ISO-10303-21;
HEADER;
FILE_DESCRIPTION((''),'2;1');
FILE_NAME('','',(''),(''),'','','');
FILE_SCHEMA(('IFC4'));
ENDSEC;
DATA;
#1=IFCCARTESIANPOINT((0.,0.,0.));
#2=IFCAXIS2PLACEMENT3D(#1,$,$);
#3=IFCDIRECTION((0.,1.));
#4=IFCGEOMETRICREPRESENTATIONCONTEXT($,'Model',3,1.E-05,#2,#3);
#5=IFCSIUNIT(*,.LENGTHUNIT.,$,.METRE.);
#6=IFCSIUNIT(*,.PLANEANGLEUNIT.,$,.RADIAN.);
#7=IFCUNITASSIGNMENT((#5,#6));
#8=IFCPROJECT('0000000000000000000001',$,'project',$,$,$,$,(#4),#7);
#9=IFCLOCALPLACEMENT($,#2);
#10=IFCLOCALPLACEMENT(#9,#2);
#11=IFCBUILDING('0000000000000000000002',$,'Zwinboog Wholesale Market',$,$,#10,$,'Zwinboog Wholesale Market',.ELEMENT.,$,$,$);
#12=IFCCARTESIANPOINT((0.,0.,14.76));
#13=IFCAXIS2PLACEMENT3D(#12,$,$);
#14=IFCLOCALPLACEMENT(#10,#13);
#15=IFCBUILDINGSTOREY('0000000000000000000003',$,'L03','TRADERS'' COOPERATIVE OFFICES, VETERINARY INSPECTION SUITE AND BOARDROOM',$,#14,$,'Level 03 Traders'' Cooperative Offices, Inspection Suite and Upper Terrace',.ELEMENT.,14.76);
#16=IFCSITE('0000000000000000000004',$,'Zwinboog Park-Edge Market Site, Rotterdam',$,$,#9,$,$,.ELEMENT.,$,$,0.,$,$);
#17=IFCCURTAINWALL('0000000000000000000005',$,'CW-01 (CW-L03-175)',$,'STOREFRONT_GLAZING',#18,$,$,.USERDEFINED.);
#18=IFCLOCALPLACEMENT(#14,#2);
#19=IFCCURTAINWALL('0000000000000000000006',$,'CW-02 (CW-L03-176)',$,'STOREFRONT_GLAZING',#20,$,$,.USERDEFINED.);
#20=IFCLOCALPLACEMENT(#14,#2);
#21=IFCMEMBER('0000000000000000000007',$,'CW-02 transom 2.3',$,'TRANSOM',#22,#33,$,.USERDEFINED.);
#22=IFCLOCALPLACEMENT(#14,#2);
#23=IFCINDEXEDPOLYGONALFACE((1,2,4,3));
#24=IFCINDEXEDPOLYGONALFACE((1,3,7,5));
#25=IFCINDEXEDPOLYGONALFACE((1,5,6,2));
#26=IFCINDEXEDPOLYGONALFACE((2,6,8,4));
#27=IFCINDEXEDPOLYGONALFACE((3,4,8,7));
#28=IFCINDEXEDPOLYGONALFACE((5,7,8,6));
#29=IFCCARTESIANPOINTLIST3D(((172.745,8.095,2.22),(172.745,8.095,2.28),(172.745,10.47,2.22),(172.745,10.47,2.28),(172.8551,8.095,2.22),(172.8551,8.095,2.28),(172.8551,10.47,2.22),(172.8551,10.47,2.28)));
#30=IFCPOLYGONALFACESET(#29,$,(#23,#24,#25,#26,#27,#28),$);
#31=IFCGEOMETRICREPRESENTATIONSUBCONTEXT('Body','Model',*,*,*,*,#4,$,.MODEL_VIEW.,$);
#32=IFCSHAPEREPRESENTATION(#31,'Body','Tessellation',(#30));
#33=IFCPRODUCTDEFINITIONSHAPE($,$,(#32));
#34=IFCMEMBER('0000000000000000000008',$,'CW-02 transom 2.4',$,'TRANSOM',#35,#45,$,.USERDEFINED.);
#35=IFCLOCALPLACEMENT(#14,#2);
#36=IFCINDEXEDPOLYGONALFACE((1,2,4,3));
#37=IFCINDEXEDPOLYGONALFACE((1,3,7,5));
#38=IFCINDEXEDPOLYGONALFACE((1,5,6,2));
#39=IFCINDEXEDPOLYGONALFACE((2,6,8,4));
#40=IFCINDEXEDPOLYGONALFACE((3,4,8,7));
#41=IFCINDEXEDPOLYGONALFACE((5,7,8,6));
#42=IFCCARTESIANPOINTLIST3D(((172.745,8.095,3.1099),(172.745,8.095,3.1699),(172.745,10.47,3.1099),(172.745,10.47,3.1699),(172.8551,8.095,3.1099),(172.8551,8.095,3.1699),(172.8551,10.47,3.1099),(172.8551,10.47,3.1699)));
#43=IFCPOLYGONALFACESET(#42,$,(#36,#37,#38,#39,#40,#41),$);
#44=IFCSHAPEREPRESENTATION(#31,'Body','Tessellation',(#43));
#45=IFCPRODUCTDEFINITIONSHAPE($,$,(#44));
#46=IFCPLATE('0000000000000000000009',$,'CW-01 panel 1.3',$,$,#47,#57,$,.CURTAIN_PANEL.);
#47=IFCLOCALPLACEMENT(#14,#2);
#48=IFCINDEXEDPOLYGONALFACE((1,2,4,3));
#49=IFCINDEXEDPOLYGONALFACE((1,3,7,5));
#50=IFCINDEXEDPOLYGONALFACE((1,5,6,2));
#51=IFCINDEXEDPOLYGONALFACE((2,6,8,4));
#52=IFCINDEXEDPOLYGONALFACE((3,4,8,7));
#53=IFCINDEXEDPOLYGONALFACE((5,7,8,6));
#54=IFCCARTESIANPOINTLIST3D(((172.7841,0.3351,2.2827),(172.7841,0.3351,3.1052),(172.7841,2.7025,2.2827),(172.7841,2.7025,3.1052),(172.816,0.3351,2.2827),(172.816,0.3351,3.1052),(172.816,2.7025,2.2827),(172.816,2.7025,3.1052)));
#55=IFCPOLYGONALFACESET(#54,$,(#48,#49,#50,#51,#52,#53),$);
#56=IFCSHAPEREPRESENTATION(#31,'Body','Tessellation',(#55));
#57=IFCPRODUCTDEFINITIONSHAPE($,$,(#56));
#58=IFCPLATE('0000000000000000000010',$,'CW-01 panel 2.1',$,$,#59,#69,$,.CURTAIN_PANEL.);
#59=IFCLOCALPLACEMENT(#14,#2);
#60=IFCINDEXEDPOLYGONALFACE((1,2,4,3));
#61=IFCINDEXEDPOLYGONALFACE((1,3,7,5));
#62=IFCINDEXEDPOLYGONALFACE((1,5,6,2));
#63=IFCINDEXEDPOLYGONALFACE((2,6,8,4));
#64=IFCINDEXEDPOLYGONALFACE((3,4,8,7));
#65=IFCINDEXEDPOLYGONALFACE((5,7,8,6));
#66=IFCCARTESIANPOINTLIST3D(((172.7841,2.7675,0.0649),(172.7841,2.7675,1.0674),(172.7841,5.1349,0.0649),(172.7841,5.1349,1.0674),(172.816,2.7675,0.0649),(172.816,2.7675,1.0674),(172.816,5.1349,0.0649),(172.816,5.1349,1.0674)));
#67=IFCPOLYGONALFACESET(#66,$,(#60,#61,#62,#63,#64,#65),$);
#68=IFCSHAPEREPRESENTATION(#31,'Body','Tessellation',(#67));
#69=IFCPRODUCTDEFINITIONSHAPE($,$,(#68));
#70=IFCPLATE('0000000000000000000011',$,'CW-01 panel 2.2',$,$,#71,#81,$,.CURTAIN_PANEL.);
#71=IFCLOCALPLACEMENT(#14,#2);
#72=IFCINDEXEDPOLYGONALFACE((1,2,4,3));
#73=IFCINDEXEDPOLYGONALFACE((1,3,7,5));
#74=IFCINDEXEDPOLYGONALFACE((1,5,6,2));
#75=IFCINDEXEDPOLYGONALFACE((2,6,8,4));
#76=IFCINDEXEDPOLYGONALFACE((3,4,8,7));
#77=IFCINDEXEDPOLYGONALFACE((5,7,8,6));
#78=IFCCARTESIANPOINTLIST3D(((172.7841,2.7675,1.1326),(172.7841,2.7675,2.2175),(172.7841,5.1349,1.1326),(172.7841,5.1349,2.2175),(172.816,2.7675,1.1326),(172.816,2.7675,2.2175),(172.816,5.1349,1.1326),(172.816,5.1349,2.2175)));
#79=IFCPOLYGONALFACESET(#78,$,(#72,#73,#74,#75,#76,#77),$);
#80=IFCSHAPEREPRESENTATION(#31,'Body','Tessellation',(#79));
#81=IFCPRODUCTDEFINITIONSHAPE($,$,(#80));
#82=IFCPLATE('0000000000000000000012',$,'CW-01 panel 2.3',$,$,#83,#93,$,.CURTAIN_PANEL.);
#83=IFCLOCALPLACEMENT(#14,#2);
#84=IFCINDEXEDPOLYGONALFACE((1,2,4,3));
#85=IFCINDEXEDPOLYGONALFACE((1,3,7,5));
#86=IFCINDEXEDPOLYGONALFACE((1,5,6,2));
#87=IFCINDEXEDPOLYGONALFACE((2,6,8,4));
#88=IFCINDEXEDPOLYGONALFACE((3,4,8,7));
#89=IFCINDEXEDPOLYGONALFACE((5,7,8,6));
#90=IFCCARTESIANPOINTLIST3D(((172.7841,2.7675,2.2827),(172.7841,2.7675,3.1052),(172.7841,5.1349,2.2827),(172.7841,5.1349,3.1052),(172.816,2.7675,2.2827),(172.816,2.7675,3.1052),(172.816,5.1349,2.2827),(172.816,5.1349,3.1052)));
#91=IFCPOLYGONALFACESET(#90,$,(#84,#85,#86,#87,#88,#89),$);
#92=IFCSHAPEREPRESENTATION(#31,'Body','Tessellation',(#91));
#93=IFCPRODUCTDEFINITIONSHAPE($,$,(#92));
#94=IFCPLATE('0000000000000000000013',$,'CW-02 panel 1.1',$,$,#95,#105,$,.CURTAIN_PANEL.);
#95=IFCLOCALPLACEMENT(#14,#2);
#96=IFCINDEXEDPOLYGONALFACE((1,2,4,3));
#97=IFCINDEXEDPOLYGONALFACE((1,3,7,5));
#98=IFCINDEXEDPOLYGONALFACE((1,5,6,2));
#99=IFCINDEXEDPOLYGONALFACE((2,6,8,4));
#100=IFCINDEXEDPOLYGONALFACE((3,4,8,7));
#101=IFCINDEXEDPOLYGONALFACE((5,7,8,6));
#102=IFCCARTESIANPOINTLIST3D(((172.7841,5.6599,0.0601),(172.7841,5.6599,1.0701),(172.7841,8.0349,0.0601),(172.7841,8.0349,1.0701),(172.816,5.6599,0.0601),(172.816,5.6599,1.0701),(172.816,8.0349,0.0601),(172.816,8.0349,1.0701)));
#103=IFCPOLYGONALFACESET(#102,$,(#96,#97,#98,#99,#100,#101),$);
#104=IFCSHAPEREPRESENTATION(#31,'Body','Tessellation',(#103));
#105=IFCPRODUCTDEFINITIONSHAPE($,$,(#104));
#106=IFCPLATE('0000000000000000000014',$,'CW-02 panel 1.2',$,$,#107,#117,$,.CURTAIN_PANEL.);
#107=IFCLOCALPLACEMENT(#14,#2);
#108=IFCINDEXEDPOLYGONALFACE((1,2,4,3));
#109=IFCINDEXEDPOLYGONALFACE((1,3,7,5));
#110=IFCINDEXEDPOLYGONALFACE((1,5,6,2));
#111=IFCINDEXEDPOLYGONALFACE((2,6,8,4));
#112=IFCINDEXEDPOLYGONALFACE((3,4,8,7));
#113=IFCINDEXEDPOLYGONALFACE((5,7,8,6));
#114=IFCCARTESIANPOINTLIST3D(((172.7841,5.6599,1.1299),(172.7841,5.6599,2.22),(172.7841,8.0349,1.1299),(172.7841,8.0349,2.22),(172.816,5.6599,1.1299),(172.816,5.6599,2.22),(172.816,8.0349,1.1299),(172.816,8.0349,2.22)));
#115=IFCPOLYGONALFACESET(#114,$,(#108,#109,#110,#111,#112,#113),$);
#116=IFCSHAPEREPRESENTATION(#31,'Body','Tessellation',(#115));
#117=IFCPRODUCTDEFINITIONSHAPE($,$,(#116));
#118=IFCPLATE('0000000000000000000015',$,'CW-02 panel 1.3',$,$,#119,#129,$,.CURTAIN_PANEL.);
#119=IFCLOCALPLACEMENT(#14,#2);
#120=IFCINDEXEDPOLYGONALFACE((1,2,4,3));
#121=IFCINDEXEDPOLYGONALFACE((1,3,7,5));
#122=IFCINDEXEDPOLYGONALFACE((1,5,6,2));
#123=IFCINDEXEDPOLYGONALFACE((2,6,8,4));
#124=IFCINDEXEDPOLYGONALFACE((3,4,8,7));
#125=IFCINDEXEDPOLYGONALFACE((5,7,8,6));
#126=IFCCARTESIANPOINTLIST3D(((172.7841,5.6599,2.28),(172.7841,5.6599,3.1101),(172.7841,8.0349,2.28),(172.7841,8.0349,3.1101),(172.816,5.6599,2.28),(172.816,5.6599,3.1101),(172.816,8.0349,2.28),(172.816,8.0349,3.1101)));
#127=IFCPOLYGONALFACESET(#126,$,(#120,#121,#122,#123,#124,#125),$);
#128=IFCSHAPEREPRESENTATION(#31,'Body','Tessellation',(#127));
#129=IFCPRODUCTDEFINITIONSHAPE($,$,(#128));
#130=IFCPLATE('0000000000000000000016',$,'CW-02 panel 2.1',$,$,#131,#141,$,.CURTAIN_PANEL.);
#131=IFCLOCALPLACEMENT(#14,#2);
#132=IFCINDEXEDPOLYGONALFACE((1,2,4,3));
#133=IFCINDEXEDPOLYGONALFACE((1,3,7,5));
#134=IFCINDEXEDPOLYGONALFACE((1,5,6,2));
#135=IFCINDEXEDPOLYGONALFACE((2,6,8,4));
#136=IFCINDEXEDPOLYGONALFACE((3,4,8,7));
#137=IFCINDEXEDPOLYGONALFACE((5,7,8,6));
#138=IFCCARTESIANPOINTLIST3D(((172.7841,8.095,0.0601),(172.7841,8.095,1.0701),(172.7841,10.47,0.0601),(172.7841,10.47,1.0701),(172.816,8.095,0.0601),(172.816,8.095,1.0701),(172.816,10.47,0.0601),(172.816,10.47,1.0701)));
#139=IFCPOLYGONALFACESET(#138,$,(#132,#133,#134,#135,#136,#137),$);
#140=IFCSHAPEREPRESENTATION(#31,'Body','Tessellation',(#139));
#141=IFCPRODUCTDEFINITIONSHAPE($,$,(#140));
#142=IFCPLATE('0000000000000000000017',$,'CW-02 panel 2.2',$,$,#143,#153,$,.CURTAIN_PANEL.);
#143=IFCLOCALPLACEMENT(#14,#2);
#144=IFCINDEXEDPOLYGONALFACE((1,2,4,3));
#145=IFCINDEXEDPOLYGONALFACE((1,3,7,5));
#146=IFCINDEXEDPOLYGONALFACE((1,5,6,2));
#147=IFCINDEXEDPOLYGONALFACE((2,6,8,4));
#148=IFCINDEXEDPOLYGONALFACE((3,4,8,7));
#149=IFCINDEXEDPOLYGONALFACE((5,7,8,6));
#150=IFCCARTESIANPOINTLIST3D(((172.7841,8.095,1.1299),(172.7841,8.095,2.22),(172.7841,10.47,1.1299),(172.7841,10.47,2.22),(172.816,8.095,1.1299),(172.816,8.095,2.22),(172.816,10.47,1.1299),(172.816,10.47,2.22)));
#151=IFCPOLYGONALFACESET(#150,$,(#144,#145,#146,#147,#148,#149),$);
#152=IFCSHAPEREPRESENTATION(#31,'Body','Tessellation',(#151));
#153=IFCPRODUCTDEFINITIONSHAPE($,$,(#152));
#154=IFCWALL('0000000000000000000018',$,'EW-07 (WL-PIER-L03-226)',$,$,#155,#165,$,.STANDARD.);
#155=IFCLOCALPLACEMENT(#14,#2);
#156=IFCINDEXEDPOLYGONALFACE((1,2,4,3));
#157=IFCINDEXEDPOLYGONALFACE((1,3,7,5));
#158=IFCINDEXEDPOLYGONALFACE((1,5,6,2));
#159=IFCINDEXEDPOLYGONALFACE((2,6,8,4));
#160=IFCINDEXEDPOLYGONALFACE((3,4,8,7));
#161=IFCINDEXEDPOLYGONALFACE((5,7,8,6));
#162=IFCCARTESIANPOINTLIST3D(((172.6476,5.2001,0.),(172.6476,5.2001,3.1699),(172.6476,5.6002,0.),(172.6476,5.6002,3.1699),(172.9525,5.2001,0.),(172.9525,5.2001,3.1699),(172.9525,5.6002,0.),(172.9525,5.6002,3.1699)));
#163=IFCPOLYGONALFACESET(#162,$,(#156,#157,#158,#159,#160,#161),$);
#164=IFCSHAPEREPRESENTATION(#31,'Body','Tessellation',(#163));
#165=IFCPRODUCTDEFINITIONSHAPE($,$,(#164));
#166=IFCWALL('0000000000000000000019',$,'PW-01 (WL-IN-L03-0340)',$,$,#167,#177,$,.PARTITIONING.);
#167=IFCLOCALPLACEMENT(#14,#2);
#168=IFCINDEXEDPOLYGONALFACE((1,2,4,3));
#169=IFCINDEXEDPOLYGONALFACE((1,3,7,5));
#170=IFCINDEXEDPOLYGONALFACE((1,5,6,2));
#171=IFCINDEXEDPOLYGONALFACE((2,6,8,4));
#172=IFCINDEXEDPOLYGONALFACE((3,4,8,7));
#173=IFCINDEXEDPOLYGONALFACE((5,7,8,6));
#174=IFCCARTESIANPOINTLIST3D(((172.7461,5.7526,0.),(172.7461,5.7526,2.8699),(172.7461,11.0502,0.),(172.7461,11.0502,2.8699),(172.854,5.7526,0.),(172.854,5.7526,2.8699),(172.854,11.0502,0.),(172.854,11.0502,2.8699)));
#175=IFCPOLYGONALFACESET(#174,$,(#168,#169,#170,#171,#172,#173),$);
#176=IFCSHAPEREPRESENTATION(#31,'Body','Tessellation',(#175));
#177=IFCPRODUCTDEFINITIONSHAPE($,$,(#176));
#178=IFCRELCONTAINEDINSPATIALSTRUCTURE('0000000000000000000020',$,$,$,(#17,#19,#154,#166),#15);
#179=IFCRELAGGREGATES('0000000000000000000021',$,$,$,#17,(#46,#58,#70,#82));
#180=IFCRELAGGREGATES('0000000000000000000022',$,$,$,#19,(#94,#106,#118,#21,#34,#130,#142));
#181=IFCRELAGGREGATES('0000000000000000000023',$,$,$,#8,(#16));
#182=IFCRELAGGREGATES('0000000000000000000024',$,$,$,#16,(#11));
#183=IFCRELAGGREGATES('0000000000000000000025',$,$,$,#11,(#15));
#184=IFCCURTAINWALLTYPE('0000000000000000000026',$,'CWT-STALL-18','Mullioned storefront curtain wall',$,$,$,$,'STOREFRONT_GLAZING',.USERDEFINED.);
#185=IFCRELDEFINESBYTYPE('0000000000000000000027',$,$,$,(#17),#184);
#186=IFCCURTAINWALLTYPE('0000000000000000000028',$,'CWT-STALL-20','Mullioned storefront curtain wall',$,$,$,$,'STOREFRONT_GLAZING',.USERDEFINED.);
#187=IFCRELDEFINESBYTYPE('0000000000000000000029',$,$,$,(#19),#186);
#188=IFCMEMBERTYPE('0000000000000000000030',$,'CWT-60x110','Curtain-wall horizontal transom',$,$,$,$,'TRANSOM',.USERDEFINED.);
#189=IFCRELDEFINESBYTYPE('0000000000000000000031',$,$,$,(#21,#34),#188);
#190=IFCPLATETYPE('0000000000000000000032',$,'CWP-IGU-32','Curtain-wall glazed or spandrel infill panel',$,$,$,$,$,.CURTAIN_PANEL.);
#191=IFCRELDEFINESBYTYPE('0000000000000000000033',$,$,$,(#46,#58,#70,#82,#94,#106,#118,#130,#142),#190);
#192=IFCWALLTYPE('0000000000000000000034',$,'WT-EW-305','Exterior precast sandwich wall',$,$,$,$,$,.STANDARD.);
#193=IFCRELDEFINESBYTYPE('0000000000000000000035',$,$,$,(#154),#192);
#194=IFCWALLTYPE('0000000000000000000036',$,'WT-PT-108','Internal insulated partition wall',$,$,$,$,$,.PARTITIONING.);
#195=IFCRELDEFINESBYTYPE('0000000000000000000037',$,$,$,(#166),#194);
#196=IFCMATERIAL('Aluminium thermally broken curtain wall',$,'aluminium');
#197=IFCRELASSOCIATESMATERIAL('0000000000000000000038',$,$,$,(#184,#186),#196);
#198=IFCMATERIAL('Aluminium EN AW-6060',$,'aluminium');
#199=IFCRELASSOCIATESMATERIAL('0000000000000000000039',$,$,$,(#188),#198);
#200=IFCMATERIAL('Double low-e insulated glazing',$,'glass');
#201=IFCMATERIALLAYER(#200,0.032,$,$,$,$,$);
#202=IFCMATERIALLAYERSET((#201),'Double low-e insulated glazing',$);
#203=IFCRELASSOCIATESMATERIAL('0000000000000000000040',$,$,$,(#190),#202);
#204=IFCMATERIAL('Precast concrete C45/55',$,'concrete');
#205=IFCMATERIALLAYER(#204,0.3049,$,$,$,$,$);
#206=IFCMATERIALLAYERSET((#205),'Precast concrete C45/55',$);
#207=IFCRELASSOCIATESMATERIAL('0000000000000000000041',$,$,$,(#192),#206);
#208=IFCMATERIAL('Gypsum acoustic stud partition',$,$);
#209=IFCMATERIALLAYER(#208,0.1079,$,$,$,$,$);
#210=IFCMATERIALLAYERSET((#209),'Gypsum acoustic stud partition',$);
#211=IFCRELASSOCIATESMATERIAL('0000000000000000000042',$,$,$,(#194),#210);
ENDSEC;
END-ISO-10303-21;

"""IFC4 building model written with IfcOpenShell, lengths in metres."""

from ifc_helpers import new_model, si_unit, direction, frame, frame_2d, origin, origin_2d, place, context, subcontext, project, spatial, rectangle, extrude, material, layer, layer_set, material_profile, profile_set, type_object, element, aggregate, save


model = new_model("IFC4")

# Units and contexts
model_context = context("Model", 3, precision=1e-05, world=origin(), true_north=direction((0.0, 1.0)))
body_context = subcontext(model_context, "Body", "Model", "MODEL_VIEW")
ifc_project = project(units=[si_unit("LENGTHUNIT", "METRE"), si_unit("PLANEANGLEUNIT", "RADIAN")], contexts=[model_context])

# Site, building, storey
site_placement = place(None, origin())
site = spatial("IfcSite", under=ifc_project, at=site_placement, Name="Zwinboog Park-Edge Market Site, Rotterdam", CompositionType="ELEMENT", RefElevation=0.0)
building_placement = place(site_placement, origin())
building = spatial("IfcBuilding", under=site, at=building_placement, Name="Zwinboog Wholesale Market", LongName="Zwinboog Wholesale Market", CompositionType="ELEMENT")
storey_placement = place(building_placement, frame((0.0, 0.0, 14.76)))
storey = spatial("IfcBuildingStorey", under=building, at=storey_placement, Name="L03", Description="TRADERS' COOPERATIVE OFFICES, VETERINARY INSPECTION SUITE AND BOARDROOM", LongName="Level 03 Traders' Cooperative Offices, Inspection Suite and Upper Terrace", CompositionType="ELEMENT", Elevation=14.76)

# Curtain walls
ifc_material_1 = material(Name="Aluminium thermally broken curtain wall", Category="aluminium")
curtain_wall_type_1 = type_object("IfcCurtainWallType", Name="CWT-STALL-18", Description="Mullioned storefront curtain wall", ElementType="STOREFRONT_GLAZING", PredefinedType="USERDEFINED", material=ifc_material_1)
curtain_wall_1_placement = place(storey_placement, origin())
curtain_wall_1 = element("IfcCurtainWall", 1, at=curtain_wall_1_placement, inside=storey, type_object=curtain_wall_type_1, Name="CW-01 (CW-L03-175)", ObjectType="STOREFRONT_GLAZING", PredefinedType="USERDEFINED")
ifc_material_2 = material(Name="Aluminium EN AW-6060", Category="aluminium")
curtain_wall_type_2 = type_object("IfcCurtainWallType", Name="CWT-STALL-20", Description="Mullioned storefront curtain wall", ElementType="STOREFRONT_GLAZING", PredefinedType="USERDEFINED", material=ifc_material_1)
curtain_wall_2_placement = place(storey_placement, origin())
curtain_wall_2 = element("IfcCurtainWall", 2, at=curtain_wall_2_placement, inside=storey, type_object=curtain_wall_type_2, Name="CW-02 (CW-L03-176)", ObjectType="STOREFRONT_GLAZING", PredefinedType="USERDEFINED")

# Members
ifc_material_profile_1 = material_profile(ifc_material_2, rectangle(XDim=0.1101, YDim=0.0601, at=origin_2d()), Name="AL 60x110")
ifc_profile_set_1 = profile_set([ifc_material_profile_1], Name="Aluminium EN AW-6060")
member_type_1 = type_object("IfcMemberType", Name="CWT-60x110", Description="Curtain-wall horizontal transom", ElementType="TRANSOM", PredefinedType="USERDEFINED", material=ifc_profile_set_1)
member_1_placement = place(storey_placement, frame((172.8, 8.095, 2.25), z_axis=(0.0, 1.0, 0.0), x_axis=(-1.0, 0.0, 0.0)))
member_1 = element("IfcMember", 3, at=member_1_placement, type_object=member_type_1, Name="CW-02 transom 2.3", ObjectType="TRANSOM", PredefinedType="USERDEFINED", context=body_context, shape_type="SweptSolid", body=[
    extrude(rectangle(XDim=0.1101, YDim=0.0601, at=origin_2d()), origin(), (0.0, 0.0, 1.0), 2.375),
])
member_2_placement = place(storey_placement, frame((172.8, 8.095, 3.1399), z_axis=(0.0, 1.0, 0.0), x_axis=(-1.0, 0.0, 0.0)))
member_2 = element("IfcMember", 4, at=member_2_placement, type_object=member_type_1, Name="CW-02 transom 2.4", ObjectType="TRANSOM", PredefinedType="USERDEFINED", context=body_context, shape_type="SweptSolid", body=[
    extrude(rectangle(XDim=0.1101, YDim=0.0601, at=origin_2d()), origin(), (0.0, 0.0, 1.0), 2.375),
])

# Plates
ifc_material_3 = material(Name="Double low-e insulated glazing", Category="glass")
ifc_layer_1 = layer(ifc_material_3, 0.032)
ifc_layer_set_1 = layer_set([ifc_layer_1], Name="Double low-e insulated glazing")
plate_type = type_object("IfcPlateType", Name="CWP-IGU-32", Description="Curtain-wall glazed or spandrel infill panel", PredefinedType="CURTAIN_PANEL", material=ifc_layer_set_1)
plate_1_placement = place(storey_placement, frame((172.8, 1.5188, 2.2827), z_axis=(0.0, 0.0, 1.0), x_axis=(0.0, 1.0, 0.0)))
plate_1 = element("IfcPlate", 5, at=plate_1_placement, type_object=plate_type, Name="CW-01 panel 1.3", PredefinedType="CURTAIN_PANEL", context=body_context, shape_type="SweptSolid", body=[
    extrude(rectangle(XDim=2.3674, YDim=0.032, at=origin_2d()), origin(), (0.0, 0.0, 1.0), 0.8225),
])
plate_2_placement = place(storey_placement, frame((172.8, 3.9512, 0.0649), z_axis=(0.0, 0.0, 1.0), x_axis=(0.0, 1.0, 0.0)))
plate_2 = element("IfcPlate", 6, at=plate_2_placement, type_object=plate_type, Name="CW-01 panel 2.1", PredefinedType="CURTAIN_PANEL", context=body_context, shape_type="SweptSolid", body=[
    extrude(rectangle(XDim=2.3674, YDim=0.032, at=origin_2d()), origin(), (0.0, 0.0, 1.0), 1.0024),
])
plate_3_placement = place(storey_placement, frame((172.8, 3.9512, 1.1326), z_axis=(0.0, 0.0, 1.0), x_axis=(0.0, 1.0, 0.0)))
plate_3 = element("IfcPlate", 7, at=plate_3_placement, type_object=plate_type, Name="CW-01 panel 2.2", PredefinedType="CURTAIN_PANEL", context=body_context, shape_type="SweptSolid", body=[
    extrude(rectangle(XDim=2.3674, YDim=0.032, at=origin_2d()), origin(), (0.0, 0.0, 1.0), 1.085),
])
plate_4_placement = place(storey_placement, frame((172.8, 3.9512, 2.2827), z_axis=(0.0, 0.0, 1.0), x_axis=(0.0, 1.0, 0.0)))
plate_4 = element("IfcPlate", 8, at=plate_4_placement, type_object=plate_type, Name="CW-01 panel 2.3", PredefinedType="CURTAIN_PANEL", context=body_context, shape_type="SweptSolid", body=[
    extrude(rectangle(XDim=2.3674, YDim=0.032, at=origin_2d()), origin(), (0.0, 0.0, 1.0), 0.8225),
])
aggregate(curtain_wall_1, [plate_1, plate_2, plate_3, plate_4])
plate_5_placement = place(storey_placement, frame((172.8, 6.8474, 0.0601), z_axis=(0.0, 0.0, 1.0), x_axis=(0.0, 1.0, 0.0)))
plate_5 = element("IfcPlate", 9, at=plate_5_placement, type_object=plate_type, Name="CW-02 panel 1.1", PredefinedType="CURTAIN_PANEL", context=body_context, shape_type="SweptSolid", body=[
    extrude(rectangle(XDim=2.375, YDim=0.032, at=origin_2d()), origin(), (0.0, 0.0, 1.0), 1.01),
])
plate_6_placement = place(storey_placement, frame((172.8, 6.8474, 1.1299), z_axis=(0.0, 0.0, 1.0), x_axis=(0.0, 1.0, 0.0)))
plate_6 = element("IfcPlate", 10, at=plate_6_placement, type_object=plate_type, Name="CW-02 panel 1.2", PredefinedType="CURTAIN_PANEL", context=body_context, shape_type="SweptSolid", body=[
    extrude(rectangle(XDim=2.375, YDim=0.032, at=origin_2d()), origin(), (0.0, 0.0, 1.0), 1.0901),
])
plate_7_placement = place(storey_placement, frame((172.8, 6.8474, 2.28), z_axis=(0.0, 0.0, 1.0), x_axis=(0.0, 1.0, 0.0)))
plate_7 = element("IfcPlate", 11, at=plate_7_placement, type_object=plate_type, Name="CW-02 panel 1.3", PredefinedType="CURTAIN_PANEL", context=body_context, shape_type="SweptSolid", body=[
    extrude(rectangle(XDim=2.375, YDim=0.032, at=origin_2d()), origin(), (0.0, 0.0, 1.0), 0.8301),
])
plate_8_placement = place(storey_placement, frame((172.8, 9.2825, 0.0601), z_axis=(0.0, 0.0, 1.0), x_axis=(0.0, 1.0, 0.0)))
plate_8 = element("IfcPlate", 12, at=plate_8_placement, type_object=plate_type, Name="CW-02 panel 2.1", PredefinedType="CURTAIN_PANEL", context=body_context, shape_type="SweptSolid", body=[
    extrude(rectangle(XDim=2.375, YDim=0.032, at=origin_2d()), origin(), (0.0, 0.0, 1.0), 1.01),
])
plate_9_placement = place(storey_placement, frame((172.8, 9.2825, 1.1299), z_axis=(0.0, 0.0, 1.0), x_axis=(0.0, 1.0, 0.0)))
plate_9 = element("IfcPlate", 13, at=plate_9_placement, type_object=plate_type, Name="CW-02 panel 2.2", PredefinedType="CURTAIN_PANEL", context=body_context, shape_type="SweptSolid", body=[
    extrude(rectangle(XDim=2.375, YDim=0.032, at=origin_2d()), origin(), (0.0, 0.0, 1.0), 1.0901),
])
aggregate(curtain_wall_2, [plate_5, plate_6, plate_7, member_1, member_2, plate_8, plate_9])

# Walls
ifc_material_4 = material(Name="Precast concrete C45/55", Category="concrete")
ifc_layer_2 = layer(ifc_material_4, 0.3049)
ifc_layer_set_2 = layer_set([ifc_layer_2], Name="Precast concrete C45/55")
wall_type_1 = type_object("IfcWallType", Name="WT-EW-305", Description="Exterior precast sandwich wall", PredefinedType="STANDARD", material=ifc_layer_set_2)
wall_1_placement = place(storey_placement, frame((172.8, 5.2, 0.0), z_axis=(0.0, 0.0, 1.0), x_axis=(0.0, 1.0, 0.0)))
element("IfcWall", 14, at=wall_1_placement, inside=storey, type_object=wall_type_1, Name="EW-07 (WL-PIER-L03-226)", PredefinedType="STANDARD", context=body_context, shape_type="SweptSolid", body=[
    extrude(rectangle(XDim=0.4001, YDim=0.3049, at=frame_2d((0.2002, 0.0))), origin(), (0.0, 0.0, 1.0), 3.1699),
])
ifc_material_5 = material(Name="Gypsum acoustic stud partition")
ifc_layer_3 = layer(ifc_material_5, 0.1079)
ifc_layer_set_3 = layer_set([ifc_layer_3], Name="Gypsum acoustic stud partition")
wall_type_2 = type_object("IfcWallType", Name="WT-PT-108", Description="Internal insulated partition wall", PredefinedType="PARTITIONING", material=ifc_layer_set_3)
wall_2_placement = place(storey_placement, frame((172.8, 5.7524, 0.0), z_axis=(0.0, 0.0, 1.0), x_axis=(0.0, 1.0, 0.0)))
element("IfcWall", 15, at=wall_2_placement, inside=storey, type_object=wall_type_2, Name="PW-01 (WL-IN-L03-0340)", PredefinedType="PARTITIONING", context=body_context, shape_type="SweptSolid", body=[
    extrude(rectangle(XDim=5.2976, YDim=0.1079, at=frame_2d((2.6489, 0.0))), origin(), (0.0, 0.0, 1.0), 2.8699),
])

save(model, "model.ifc")
